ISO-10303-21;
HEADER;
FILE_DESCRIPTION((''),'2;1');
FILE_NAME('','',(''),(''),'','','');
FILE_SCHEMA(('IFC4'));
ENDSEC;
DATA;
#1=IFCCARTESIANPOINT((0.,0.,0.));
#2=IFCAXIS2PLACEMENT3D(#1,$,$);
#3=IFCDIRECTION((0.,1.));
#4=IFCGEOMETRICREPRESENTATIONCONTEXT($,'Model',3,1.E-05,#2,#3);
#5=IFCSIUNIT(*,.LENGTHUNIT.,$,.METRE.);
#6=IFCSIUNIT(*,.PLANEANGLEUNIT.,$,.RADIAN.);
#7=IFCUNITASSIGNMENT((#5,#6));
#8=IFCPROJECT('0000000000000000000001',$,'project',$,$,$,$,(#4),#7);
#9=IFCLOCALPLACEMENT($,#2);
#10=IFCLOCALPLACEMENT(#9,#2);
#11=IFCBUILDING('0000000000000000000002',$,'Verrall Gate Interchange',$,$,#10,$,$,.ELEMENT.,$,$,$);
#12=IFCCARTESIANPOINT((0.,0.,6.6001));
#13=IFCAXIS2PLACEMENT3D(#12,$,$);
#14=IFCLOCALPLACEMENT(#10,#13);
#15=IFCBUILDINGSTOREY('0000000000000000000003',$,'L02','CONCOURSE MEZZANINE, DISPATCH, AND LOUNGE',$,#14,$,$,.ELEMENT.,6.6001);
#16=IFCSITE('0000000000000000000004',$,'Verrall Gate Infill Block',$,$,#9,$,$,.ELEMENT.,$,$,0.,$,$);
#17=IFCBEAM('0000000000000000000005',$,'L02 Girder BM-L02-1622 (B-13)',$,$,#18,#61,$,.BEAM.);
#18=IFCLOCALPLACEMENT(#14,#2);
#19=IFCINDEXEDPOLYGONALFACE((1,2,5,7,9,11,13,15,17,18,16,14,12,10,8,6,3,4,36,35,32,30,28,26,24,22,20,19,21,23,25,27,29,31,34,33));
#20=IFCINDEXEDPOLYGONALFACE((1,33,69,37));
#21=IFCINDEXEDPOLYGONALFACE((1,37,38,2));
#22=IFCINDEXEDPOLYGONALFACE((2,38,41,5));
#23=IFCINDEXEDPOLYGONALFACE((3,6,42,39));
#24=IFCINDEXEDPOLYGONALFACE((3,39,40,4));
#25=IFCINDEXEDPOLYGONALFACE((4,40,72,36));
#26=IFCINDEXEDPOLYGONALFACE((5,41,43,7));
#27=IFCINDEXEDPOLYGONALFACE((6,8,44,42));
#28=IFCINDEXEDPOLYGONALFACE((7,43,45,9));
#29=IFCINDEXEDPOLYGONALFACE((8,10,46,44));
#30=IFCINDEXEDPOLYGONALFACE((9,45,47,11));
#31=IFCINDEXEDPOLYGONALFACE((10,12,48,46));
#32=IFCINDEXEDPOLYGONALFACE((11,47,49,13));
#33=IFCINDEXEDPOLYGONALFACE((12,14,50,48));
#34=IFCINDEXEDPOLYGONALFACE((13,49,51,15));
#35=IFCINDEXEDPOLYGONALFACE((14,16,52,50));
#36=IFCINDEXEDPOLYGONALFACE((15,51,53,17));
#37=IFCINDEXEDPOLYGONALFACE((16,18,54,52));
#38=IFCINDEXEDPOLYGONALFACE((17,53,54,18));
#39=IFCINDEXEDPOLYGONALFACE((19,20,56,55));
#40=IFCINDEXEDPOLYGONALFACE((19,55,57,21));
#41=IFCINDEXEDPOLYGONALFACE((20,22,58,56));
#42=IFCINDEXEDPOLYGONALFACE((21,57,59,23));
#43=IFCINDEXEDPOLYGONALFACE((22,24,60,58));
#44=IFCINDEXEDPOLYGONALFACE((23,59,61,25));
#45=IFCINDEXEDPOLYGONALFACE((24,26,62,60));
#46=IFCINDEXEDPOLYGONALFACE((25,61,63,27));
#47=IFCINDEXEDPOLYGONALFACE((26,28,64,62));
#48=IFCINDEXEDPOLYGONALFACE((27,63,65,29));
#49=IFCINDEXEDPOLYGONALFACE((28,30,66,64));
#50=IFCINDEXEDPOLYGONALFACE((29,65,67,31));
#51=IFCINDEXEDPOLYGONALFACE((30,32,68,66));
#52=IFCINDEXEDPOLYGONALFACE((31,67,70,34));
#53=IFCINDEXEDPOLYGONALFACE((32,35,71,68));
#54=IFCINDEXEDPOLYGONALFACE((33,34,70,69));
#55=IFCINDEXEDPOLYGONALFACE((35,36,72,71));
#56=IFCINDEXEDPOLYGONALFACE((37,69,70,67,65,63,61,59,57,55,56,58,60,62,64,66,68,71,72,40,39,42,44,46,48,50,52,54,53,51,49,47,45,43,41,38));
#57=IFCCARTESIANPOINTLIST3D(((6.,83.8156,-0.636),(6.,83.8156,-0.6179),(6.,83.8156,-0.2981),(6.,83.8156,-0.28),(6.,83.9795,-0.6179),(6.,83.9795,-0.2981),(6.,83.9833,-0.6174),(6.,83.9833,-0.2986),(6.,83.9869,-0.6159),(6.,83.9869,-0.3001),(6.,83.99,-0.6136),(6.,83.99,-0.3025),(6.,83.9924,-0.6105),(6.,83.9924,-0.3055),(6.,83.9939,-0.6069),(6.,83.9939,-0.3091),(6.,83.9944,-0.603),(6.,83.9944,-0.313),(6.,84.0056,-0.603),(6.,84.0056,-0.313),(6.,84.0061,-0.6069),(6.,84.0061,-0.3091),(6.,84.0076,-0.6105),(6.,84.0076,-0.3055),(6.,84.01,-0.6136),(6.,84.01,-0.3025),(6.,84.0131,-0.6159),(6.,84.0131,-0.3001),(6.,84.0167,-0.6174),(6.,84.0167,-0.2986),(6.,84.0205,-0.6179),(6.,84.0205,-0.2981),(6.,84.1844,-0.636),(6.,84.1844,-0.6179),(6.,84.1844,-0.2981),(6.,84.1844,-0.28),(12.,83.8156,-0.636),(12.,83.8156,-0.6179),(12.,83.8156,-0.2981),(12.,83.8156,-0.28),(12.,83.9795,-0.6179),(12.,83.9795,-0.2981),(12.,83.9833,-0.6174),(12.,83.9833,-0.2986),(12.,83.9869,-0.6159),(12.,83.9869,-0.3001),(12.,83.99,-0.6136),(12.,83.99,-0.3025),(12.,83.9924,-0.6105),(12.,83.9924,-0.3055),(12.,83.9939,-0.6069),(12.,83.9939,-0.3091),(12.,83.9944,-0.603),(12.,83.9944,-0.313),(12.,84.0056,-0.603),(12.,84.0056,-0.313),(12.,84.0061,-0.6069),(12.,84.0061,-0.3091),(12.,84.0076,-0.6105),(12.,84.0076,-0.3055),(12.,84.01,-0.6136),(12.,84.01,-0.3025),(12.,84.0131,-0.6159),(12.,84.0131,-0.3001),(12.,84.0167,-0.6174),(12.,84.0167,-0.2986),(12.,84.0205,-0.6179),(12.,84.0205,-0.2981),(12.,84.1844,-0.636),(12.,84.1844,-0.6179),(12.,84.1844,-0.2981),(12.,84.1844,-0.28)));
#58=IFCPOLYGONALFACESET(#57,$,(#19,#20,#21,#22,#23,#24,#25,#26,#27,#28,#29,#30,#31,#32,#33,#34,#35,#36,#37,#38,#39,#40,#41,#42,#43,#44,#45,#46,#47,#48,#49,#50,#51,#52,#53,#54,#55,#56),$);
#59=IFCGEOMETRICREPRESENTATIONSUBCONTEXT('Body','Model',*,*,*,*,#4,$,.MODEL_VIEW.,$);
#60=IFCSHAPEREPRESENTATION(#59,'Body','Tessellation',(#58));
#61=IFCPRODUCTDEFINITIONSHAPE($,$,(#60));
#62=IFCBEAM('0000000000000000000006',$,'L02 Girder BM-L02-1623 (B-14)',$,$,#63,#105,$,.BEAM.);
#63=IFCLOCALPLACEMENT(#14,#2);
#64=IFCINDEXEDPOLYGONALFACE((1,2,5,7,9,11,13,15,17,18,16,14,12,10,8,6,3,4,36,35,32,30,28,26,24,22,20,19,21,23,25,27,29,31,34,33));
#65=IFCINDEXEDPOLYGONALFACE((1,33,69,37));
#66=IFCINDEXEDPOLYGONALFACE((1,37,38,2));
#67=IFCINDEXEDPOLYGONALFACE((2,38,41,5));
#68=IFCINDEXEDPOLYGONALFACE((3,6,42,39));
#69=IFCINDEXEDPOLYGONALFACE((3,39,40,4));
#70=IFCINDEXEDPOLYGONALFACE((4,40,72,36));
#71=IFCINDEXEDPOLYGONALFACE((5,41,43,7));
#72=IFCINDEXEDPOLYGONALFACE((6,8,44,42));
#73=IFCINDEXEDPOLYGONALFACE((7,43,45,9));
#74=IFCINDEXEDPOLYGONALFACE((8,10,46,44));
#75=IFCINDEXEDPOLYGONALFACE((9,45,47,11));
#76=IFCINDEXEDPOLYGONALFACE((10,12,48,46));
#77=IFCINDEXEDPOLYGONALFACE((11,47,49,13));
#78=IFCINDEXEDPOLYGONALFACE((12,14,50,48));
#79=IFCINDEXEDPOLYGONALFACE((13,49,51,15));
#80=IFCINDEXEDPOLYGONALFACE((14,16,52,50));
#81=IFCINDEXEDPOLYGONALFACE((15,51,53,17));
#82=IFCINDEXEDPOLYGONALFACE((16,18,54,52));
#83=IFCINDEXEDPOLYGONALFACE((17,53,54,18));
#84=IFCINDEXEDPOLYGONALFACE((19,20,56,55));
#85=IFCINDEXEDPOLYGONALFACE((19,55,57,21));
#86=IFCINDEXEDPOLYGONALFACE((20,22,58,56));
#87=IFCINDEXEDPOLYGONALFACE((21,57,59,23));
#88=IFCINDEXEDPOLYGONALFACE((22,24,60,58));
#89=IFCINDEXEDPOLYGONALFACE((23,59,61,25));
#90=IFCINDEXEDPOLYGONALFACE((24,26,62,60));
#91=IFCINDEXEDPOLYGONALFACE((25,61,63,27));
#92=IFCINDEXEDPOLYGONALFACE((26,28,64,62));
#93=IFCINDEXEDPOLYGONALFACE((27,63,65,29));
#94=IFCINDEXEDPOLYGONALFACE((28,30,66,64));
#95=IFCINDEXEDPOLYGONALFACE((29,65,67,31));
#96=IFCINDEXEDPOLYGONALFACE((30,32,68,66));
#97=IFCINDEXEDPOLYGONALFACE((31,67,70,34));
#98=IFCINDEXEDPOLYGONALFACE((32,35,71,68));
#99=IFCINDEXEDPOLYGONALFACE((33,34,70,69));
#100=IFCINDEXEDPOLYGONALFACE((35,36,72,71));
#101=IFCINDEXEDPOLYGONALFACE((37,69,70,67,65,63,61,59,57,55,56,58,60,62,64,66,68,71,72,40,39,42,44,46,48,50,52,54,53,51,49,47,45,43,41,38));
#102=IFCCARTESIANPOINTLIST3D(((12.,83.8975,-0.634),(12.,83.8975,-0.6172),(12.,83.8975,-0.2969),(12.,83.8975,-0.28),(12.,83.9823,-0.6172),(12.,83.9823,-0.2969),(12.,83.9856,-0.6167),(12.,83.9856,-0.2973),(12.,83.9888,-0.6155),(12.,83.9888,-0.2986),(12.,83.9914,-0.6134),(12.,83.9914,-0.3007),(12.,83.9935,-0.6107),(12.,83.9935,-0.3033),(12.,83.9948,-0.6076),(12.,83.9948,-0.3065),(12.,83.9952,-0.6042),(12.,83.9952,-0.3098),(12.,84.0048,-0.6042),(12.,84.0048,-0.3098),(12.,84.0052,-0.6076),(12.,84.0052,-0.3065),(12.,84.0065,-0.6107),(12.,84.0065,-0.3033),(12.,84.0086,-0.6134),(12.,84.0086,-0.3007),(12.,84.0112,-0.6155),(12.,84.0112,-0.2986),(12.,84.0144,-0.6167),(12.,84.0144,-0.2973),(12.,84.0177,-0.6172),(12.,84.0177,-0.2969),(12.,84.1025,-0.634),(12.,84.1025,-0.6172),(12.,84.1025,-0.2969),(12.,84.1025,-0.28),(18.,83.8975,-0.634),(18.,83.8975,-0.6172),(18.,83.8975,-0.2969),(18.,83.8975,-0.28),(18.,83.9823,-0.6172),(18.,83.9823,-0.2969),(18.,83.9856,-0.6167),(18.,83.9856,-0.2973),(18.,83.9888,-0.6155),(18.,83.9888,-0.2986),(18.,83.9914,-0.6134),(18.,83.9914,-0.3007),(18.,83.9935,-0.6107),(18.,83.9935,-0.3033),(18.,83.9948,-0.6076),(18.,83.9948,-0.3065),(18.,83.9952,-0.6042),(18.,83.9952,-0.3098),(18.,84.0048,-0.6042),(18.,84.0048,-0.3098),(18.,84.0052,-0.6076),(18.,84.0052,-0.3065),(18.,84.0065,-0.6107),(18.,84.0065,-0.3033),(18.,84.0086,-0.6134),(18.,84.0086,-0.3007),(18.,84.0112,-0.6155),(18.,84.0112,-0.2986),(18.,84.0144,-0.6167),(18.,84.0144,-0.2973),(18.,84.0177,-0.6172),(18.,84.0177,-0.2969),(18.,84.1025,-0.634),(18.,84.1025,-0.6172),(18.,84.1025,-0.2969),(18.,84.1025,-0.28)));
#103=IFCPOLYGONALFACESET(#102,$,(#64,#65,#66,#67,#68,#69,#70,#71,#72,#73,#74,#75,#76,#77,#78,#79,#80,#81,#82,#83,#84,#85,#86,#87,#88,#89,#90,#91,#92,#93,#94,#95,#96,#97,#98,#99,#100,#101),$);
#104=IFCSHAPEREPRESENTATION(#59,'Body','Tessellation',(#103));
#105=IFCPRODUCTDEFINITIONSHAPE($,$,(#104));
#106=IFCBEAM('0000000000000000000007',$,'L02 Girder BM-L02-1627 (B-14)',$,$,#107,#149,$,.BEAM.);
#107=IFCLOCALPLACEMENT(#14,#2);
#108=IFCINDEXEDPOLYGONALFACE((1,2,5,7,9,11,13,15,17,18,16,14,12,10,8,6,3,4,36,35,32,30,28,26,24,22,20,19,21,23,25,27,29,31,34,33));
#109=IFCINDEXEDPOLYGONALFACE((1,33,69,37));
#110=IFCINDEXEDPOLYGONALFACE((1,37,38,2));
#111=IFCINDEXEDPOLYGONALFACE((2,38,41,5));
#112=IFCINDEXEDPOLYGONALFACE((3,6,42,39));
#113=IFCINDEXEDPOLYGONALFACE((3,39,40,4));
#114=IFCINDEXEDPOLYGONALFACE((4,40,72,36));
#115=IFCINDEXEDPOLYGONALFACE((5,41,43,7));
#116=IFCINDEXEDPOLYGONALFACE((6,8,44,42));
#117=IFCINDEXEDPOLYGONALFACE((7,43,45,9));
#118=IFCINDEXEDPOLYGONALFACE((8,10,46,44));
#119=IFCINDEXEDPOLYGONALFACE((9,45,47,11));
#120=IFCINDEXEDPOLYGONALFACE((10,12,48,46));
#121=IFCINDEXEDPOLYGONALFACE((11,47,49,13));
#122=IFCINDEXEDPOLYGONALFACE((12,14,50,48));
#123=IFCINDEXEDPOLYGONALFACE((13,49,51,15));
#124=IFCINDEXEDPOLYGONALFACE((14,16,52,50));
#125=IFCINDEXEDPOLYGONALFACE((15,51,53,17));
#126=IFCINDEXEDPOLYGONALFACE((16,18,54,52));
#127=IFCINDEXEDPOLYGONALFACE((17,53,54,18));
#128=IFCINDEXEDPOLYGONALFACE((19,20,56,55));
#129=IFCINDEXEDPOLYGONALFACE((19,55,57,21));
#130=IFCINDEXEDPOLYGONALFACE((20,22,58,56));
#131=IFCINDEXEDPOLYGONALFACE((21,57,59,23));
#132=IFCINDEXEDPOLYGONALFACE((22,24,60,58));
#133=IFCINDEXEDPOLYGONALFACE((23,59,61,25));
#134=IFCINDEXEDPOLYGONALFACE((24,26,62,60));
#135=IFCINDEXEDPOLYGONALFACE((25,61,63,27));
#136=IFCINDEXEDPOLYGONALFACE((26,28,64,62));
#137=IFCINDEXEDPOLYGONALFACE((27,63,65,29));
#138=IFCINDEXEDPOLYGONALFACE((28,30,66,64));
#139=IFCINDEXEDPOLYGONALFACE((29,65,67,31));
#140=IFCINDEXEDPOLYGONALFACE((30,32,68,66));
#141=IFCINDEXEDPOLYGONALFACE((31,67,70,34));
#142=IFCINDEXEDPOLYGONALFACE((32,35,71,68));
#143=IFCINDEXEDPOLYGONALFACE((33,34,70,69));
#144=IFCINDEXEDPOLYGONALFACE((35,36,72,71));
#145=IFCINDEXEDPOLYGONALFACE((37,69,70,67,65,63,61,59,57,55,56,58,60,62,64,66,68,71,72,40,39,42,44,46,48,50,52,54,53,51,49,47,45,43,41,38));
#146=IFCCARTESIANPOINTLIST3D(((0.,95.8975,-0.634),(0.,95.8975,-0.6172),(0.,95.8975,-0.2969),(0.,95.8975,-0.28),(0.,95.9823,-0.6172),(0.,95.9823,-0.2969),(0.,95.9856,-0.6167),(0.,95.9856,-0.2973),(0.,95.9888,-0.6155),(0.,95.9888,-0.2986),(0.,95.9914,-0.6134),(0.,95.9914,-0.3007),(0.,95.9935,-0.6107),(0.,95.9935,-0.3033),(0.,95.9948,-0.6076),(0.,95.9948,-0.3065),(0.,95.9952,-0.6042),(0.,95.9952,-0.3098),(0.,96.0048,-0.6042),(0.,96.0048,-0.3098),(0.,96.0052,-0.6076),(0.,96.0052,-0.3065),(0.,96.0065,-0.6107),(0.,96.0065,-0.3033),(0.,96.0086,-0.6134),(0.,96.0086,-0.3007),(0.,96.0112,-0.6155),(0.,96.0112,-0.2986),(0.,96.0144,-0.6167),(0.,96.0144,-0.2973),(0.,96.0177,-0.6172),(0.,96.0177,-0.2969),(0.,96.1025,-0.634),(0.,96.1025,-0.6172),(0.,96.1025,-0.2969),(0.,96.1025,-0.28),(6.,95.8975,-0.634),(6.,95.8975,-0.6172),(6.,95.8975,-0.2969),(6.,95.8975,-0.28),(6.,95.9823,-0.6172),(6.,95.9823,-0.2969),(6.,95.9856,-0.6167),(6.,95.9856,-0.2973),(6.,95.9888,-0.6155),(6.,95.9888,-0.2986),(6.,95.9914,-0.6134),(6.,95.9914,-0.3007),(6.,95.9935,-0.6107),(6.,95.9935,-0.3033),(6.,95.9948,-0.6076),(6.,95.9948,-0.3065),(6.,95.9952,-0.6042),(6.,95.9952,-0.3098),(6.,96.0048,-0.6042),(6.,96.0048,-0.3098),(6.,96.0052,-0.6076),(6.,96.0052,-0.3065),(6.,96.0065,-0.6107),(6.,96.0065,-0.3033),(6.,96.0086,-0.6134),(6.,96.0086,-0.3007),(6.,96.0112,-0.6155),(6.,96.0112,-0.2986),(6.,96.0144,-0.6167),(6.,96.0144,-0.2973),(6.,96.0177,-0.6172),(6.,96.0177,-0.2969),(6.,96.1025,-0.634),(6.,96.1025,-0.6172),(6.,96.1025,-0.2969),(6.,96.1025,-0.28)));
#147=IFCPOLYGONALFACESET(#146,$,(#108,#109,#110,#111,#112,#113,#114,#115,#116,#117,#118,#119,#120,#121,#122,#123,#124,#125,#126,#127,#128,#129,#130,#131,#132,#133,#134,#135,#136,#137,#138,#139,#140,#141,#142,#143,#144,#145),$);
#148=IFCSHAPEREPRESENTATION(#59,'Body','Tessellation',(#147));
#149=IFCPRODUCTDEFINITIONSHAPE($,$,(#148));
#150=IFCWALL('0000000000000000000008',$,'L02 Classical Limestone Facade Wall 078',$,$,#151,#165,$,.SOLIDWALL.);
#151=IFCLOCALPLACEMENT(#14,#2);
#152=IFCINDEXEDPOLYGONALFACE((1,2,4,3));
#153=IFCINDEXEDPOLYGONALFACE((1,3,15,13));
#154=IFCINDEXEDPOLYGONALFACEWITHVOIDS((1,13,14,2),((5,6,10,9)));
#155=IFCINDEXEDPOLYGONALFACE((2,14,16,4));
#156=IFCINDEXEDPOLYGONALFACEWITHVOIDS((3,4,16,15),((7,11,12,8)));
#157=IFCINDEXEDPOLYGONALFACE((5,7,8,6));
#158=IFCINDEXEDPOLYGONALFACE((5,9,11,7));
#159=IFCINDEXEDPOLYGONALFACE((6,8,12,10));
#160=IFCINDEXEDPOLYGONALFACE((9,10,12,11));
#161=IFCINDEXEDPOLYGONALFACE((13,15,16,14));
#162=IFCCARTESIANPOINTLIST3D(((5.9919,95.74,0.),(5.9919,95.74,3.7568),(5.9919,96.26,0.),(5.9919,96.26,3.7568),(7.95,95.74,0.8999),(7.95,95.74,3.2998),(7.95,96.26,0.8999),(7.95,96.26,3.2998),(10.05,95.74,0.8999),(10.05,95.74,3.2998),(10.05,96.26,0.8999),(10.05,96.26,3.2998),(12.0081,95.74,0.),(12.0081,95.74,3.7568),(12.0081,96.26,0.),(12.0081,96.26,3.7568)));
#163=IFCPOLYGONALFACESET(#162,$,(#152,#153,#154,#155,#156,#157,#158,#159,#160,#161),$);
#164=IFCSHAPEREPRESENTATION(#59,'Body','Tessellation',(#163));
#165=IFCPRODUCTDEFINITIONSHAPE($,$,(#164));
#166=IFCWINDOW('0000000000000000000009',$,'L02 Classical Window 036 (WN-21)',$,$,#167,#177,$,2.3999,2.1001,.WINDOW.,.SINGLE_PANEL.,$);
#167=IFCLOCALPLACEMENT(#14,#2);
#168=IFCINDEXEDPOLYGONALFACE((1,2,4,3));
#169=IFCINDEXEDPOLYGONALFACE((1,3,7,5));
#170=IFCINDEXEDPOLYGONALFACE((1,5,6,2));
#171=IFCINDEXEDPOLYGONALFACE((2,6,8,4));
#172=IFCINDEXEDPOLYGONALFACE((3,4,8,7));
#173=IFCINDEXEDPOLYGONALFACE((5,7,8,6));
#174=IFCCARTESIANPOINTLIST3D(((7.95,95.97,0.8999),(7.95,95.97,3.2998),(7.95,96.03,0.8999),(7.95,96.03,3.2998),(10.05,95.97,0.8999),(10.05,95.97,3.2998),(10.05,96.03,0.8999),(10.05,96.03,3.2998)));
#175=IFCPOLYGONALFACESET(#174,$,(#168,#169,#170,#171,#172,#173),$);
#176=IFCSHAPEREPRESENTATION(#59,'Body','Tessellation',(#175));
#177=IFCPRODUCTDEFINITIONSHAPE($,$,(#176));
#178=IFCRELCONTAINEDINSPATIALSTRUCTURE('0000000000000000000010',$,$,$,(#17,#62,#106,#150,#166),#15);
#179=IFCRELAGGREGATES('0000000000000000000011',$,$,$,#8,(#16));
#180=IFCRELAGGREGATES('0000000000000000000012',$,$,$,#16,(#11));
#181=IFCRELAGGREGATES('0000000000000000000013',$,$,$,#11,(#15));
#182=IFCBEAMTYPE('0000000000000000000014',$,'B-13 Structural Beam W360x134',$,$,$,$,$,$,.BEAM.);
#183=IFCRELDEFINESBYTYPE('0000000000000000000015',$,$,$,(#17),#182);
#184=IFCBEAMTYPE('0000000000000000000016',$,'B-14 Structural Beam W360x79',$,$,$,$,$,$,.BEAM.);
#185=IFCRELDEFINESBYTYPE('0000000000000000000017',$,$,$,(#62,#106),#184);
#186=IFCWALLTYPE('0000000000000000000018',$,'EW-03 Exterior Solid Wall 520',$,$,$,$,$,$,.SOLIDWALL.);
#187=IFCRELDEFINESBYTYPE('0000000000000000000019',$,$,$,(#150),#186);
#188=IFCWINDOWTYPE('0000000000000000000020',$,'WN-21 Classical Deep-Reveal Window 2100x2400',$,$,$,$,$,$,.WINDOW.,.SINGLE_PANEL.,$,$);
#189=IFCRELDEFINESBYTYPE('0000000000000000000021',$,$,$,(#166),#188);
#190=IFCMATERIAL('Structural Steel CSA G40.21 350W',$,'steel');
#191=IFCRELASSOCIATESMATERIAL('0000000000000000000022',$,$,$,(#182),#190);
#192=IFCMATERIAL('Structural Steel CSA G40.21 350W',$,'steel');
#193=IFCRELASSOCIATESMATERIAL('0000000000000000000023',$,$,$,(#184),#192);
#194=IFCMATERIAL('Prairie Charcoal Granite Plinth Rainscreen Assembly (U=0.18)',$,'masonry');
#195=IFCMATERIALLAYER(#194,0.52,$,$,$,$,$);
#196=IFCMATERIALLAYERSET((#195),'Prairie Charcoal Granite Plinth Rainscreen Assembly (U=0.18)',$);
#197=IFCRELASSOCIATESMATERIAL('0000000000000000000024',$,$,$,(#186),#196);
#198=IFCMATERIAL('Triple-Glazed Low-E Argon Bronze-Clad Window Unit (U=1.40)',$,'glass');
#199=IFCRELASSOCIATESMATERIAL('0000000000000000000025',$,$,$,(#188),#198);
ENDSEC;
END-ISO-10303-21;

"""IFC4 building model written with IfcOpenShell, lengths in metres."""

from ifc_helpers import new_model, si_unit, direction, frame, frame_2d, origin, origin_2d, place, context, subcontext, project, spatial, rectangle, i_section, extrude, material, layer, layer_set, material_profile, profile_set, type_object, element, fill, save


model = new_model("IFC4")

# Units and contexts
model_context = context("Model", 3, precision=1e-05, world=origin(), true_north=direction((0.0, 1.0)))
body_context = subcontext(model_context, "Body", "Model", "MODEL_VIEW")
ifc_project = project(units=[si_unit("LENGTHUNIT", "METRE"), si_unit("PLANEANGLEUNIT", "RADIAN")], contexts=[model_context])

# Site, building, storey
site_placement = place(None, origin())
site = spatial("IfcSite", under=ifc_project, at=site_placement, Name="Verrall Gate Infill Block", CompositionType="ELEMENT", RefElevation=0.0)
building_placement = place(site_placement, origin())
building = spatial("IfcBuilding", under=site, at=building_placement, Name="Verrall Gate Interchange", CompositionType="ELEMENT")
storey_placement = place(building_placement, frame((0.0, 0.0, 6.6001)))
storey = spatial("IfcBuildingStorey", under=building, at=storey_placement, Name="L02", Description="CONCOURSE MEZZANINE, DISPATCH, AND LOUNGE", CompositionType="ELEMENT", Elevation=6.6001)

# Beams
ifc_material_1 = material(Name="Structural Steel CSA G40.21 350W", Category="steel")
ifc_material_profile_1 = material_profile(ifc_material_1, i_section(OverallWidth=0.3689, OverallDepth=0.356, WebThickness=0.0112, FlangeThickness=0.0181, FilletRadius=0.0149, at=origin_2d()), Name="W360x134")
ifc_profile_set_1 = profile_set([ifc_material_profile_1], Name="Structural Steel CSA G40.21 350W")
beam_type_1 = type_object("IfcBeamType", Name="B-13 Structural Beam W360x134", PredefinedType="BEAM", material=ifc_profile_set_1)
beam_1_placement = place(storey_placement, frame((6.0, 84.0, -0.458), z_axis=(1.0, 0.0, 0.0), x_axis=(0.0, 1.0, 0.0)))
element("IfcBeam", 1, at=beam_1_placement, inside=storey, type_object=beam_type_1, Name="L02 Girder BM-L02-1622 (B-13)", PredefinedType="BEAM", context=body_context, shape_type="SweptSolid", body=[
    extrude(i_section(OverallWidth=0.3689, OverallDepth=0.356, WebThickness=0.0112, FlangeThickness=0.0181, FilletRadius=0.0149, at=origin_2d()), origin(), (0.0, 0.0, 1.0), 6.0),
])
ifc_material_2 = material(Name="Structural Steel CSA G40.21 350W", Category="steel")
ifc_material_profile_2 = material_profile(ifc_material_2, i_section(OverallWidth=0.2051, OverallDepth=0.354, WebThickness=0.0095, FlangeThickness=0.0168, FilletRadius=0.0129, at=origin_2d()), Name="W360x79")
ifc_profile_set_2 = profile_set([ifc_material_profile_2], Name="Structural Steel CSA G40.21 350W")
beam_type_2 = type_object("IfcBeamType", Name="B-14 Structural Beam W360x79", PredefinedType="BEAM", material=ifc_profile_set_2)
for number, where, z_axis, x_axis, name in (
    (2, (12.0, 84.0, -0.457), (1.0, 0.0, 0.0), (0.0, 1.0, 0.0), "L02 Girder BM-L02-1623 (B-14)"),
    (3, (0.0, 96.0, -0.457), (1.0, 0.0, 0.0), (0.0, 1.0, 0.0), "L02 Girder BM-L02-1627 (B-14)"),
):
    element("IfcBeam", number, at=place(storey_placement, frame(where, z_axis=z_axis, x_axis=x_axis)), inside=storey, type_object=beam_type_2, Name=name, PredefinedType="BEAM", context=body_context, shape_type="SweptSolid", body=[
        extrude(i_section(OverallWidth=0.2051, OverallDepth=0.354, WebThickness=0.0095, FlangeThickness=0.0168, FilletRadius=0.0129, at=origin_2d()), origin(), (0.0, 0.0, 1.0), 6.0),
    ])

# Wall, opening, window
ifc_material_3 = material(Name="Prairie Charcoal Granite Plinth Rainscreen Assembly (U=0.18)", Category="masonry")
ifc_layer_1 = layer(ifc_material_3, 0.52)
ifc_layer_set_1 = layer_set([ifc_layer_1], Name="Prairie Charcoal Granite Plinth Rainscreen Assembly (U=0.18)")
wall_type_1 = type_object("IfcWallType", Name="EW-03 Exterior Solid Wall 520", PredefinedType="SOLIDWALL", material=ifc_layer_set_1)
wall_1_placement = place(storey_placement, frame((12.0081, 96.0, 0.0), z_axis=(0.0, 0.0, 1.0), x_axis=(-1.0, 0.0, 0.0)))
wall_1 = element("IfcWall", 4, at=wall_1_placement, inside=storey, type_object=wall_type_1, Name="L02 Classical Limestone Facade Wall 078", PredefinedType="SOLIDWALL", context=body_context, shape_type="SweptSolid", body=[
    extrude(rectangle(XDim=6.0161, YDim=0.52, at=frame_2d((3.0081, 0.0))), origin(), (0.0, 0.0, 1.0), 3.7568),
])
opening_1_placement = place(wall_1_placement, frame((1.958, 0.0, 0.8999)))
opening_1 = element("IfcOpeningElement", 5, at=opening_1_placement, cuts=wall_1, PredefinedType="OPENING", context=body_context, shape_type="SweptSolid", body=[
    extrude(rectangle(XDim=2.1001, YDim=2.3999, at=frame_2d((1.05, 1.2))), frame((0.0, 0.2749, 0.0), z_axis=(0.0, -1.0, 0.0), x_axis=(1.0, 0.0, 0.0)), (0.0, 0.0, 1.0), 0.5498),
])
ifc_material_4 = material(Name="Triple-Glazed Low-E Argon Bronze-Clad Window Unit (U=1.40)", Category="glass")
window_type_1 = type_object("IfcWindowType", Name="WN-21 Classical Deep-Reveal Window 2100x2400", PartitioningType="SINGLE_PANEL", PredefinedType="WINDOW", material=ifc_material_4)
window_1_placement = place(opening_1_placement, origin())
window_1 = element("IfcWindow", 6, at=window_1_placement, inside=storey, type_object=window_type_1, Name="L02 Classical Window 036 (WN-21)", OverallHeight=2.3999, OverallWidth=2.1001, PartitioningType="SINGLE_PANEL", PredefinedType="WINDOW", context=body_context, shape_type="SweptSolid", body=[
    extrude(rectangle(XDim=2.1001, YDim=2.3999, at=frame_2d((1.05, 1.2))), frame((0.0, 0.03, 0.0), z_axis=(0.0, -1.0, 0.0), x_axis=(1.0, 0.0, 0.0)), (0.0, 0.0, 1.0), 0.0601),
])
fill(opening_1, window_1)

save(model, "model.ifc")
